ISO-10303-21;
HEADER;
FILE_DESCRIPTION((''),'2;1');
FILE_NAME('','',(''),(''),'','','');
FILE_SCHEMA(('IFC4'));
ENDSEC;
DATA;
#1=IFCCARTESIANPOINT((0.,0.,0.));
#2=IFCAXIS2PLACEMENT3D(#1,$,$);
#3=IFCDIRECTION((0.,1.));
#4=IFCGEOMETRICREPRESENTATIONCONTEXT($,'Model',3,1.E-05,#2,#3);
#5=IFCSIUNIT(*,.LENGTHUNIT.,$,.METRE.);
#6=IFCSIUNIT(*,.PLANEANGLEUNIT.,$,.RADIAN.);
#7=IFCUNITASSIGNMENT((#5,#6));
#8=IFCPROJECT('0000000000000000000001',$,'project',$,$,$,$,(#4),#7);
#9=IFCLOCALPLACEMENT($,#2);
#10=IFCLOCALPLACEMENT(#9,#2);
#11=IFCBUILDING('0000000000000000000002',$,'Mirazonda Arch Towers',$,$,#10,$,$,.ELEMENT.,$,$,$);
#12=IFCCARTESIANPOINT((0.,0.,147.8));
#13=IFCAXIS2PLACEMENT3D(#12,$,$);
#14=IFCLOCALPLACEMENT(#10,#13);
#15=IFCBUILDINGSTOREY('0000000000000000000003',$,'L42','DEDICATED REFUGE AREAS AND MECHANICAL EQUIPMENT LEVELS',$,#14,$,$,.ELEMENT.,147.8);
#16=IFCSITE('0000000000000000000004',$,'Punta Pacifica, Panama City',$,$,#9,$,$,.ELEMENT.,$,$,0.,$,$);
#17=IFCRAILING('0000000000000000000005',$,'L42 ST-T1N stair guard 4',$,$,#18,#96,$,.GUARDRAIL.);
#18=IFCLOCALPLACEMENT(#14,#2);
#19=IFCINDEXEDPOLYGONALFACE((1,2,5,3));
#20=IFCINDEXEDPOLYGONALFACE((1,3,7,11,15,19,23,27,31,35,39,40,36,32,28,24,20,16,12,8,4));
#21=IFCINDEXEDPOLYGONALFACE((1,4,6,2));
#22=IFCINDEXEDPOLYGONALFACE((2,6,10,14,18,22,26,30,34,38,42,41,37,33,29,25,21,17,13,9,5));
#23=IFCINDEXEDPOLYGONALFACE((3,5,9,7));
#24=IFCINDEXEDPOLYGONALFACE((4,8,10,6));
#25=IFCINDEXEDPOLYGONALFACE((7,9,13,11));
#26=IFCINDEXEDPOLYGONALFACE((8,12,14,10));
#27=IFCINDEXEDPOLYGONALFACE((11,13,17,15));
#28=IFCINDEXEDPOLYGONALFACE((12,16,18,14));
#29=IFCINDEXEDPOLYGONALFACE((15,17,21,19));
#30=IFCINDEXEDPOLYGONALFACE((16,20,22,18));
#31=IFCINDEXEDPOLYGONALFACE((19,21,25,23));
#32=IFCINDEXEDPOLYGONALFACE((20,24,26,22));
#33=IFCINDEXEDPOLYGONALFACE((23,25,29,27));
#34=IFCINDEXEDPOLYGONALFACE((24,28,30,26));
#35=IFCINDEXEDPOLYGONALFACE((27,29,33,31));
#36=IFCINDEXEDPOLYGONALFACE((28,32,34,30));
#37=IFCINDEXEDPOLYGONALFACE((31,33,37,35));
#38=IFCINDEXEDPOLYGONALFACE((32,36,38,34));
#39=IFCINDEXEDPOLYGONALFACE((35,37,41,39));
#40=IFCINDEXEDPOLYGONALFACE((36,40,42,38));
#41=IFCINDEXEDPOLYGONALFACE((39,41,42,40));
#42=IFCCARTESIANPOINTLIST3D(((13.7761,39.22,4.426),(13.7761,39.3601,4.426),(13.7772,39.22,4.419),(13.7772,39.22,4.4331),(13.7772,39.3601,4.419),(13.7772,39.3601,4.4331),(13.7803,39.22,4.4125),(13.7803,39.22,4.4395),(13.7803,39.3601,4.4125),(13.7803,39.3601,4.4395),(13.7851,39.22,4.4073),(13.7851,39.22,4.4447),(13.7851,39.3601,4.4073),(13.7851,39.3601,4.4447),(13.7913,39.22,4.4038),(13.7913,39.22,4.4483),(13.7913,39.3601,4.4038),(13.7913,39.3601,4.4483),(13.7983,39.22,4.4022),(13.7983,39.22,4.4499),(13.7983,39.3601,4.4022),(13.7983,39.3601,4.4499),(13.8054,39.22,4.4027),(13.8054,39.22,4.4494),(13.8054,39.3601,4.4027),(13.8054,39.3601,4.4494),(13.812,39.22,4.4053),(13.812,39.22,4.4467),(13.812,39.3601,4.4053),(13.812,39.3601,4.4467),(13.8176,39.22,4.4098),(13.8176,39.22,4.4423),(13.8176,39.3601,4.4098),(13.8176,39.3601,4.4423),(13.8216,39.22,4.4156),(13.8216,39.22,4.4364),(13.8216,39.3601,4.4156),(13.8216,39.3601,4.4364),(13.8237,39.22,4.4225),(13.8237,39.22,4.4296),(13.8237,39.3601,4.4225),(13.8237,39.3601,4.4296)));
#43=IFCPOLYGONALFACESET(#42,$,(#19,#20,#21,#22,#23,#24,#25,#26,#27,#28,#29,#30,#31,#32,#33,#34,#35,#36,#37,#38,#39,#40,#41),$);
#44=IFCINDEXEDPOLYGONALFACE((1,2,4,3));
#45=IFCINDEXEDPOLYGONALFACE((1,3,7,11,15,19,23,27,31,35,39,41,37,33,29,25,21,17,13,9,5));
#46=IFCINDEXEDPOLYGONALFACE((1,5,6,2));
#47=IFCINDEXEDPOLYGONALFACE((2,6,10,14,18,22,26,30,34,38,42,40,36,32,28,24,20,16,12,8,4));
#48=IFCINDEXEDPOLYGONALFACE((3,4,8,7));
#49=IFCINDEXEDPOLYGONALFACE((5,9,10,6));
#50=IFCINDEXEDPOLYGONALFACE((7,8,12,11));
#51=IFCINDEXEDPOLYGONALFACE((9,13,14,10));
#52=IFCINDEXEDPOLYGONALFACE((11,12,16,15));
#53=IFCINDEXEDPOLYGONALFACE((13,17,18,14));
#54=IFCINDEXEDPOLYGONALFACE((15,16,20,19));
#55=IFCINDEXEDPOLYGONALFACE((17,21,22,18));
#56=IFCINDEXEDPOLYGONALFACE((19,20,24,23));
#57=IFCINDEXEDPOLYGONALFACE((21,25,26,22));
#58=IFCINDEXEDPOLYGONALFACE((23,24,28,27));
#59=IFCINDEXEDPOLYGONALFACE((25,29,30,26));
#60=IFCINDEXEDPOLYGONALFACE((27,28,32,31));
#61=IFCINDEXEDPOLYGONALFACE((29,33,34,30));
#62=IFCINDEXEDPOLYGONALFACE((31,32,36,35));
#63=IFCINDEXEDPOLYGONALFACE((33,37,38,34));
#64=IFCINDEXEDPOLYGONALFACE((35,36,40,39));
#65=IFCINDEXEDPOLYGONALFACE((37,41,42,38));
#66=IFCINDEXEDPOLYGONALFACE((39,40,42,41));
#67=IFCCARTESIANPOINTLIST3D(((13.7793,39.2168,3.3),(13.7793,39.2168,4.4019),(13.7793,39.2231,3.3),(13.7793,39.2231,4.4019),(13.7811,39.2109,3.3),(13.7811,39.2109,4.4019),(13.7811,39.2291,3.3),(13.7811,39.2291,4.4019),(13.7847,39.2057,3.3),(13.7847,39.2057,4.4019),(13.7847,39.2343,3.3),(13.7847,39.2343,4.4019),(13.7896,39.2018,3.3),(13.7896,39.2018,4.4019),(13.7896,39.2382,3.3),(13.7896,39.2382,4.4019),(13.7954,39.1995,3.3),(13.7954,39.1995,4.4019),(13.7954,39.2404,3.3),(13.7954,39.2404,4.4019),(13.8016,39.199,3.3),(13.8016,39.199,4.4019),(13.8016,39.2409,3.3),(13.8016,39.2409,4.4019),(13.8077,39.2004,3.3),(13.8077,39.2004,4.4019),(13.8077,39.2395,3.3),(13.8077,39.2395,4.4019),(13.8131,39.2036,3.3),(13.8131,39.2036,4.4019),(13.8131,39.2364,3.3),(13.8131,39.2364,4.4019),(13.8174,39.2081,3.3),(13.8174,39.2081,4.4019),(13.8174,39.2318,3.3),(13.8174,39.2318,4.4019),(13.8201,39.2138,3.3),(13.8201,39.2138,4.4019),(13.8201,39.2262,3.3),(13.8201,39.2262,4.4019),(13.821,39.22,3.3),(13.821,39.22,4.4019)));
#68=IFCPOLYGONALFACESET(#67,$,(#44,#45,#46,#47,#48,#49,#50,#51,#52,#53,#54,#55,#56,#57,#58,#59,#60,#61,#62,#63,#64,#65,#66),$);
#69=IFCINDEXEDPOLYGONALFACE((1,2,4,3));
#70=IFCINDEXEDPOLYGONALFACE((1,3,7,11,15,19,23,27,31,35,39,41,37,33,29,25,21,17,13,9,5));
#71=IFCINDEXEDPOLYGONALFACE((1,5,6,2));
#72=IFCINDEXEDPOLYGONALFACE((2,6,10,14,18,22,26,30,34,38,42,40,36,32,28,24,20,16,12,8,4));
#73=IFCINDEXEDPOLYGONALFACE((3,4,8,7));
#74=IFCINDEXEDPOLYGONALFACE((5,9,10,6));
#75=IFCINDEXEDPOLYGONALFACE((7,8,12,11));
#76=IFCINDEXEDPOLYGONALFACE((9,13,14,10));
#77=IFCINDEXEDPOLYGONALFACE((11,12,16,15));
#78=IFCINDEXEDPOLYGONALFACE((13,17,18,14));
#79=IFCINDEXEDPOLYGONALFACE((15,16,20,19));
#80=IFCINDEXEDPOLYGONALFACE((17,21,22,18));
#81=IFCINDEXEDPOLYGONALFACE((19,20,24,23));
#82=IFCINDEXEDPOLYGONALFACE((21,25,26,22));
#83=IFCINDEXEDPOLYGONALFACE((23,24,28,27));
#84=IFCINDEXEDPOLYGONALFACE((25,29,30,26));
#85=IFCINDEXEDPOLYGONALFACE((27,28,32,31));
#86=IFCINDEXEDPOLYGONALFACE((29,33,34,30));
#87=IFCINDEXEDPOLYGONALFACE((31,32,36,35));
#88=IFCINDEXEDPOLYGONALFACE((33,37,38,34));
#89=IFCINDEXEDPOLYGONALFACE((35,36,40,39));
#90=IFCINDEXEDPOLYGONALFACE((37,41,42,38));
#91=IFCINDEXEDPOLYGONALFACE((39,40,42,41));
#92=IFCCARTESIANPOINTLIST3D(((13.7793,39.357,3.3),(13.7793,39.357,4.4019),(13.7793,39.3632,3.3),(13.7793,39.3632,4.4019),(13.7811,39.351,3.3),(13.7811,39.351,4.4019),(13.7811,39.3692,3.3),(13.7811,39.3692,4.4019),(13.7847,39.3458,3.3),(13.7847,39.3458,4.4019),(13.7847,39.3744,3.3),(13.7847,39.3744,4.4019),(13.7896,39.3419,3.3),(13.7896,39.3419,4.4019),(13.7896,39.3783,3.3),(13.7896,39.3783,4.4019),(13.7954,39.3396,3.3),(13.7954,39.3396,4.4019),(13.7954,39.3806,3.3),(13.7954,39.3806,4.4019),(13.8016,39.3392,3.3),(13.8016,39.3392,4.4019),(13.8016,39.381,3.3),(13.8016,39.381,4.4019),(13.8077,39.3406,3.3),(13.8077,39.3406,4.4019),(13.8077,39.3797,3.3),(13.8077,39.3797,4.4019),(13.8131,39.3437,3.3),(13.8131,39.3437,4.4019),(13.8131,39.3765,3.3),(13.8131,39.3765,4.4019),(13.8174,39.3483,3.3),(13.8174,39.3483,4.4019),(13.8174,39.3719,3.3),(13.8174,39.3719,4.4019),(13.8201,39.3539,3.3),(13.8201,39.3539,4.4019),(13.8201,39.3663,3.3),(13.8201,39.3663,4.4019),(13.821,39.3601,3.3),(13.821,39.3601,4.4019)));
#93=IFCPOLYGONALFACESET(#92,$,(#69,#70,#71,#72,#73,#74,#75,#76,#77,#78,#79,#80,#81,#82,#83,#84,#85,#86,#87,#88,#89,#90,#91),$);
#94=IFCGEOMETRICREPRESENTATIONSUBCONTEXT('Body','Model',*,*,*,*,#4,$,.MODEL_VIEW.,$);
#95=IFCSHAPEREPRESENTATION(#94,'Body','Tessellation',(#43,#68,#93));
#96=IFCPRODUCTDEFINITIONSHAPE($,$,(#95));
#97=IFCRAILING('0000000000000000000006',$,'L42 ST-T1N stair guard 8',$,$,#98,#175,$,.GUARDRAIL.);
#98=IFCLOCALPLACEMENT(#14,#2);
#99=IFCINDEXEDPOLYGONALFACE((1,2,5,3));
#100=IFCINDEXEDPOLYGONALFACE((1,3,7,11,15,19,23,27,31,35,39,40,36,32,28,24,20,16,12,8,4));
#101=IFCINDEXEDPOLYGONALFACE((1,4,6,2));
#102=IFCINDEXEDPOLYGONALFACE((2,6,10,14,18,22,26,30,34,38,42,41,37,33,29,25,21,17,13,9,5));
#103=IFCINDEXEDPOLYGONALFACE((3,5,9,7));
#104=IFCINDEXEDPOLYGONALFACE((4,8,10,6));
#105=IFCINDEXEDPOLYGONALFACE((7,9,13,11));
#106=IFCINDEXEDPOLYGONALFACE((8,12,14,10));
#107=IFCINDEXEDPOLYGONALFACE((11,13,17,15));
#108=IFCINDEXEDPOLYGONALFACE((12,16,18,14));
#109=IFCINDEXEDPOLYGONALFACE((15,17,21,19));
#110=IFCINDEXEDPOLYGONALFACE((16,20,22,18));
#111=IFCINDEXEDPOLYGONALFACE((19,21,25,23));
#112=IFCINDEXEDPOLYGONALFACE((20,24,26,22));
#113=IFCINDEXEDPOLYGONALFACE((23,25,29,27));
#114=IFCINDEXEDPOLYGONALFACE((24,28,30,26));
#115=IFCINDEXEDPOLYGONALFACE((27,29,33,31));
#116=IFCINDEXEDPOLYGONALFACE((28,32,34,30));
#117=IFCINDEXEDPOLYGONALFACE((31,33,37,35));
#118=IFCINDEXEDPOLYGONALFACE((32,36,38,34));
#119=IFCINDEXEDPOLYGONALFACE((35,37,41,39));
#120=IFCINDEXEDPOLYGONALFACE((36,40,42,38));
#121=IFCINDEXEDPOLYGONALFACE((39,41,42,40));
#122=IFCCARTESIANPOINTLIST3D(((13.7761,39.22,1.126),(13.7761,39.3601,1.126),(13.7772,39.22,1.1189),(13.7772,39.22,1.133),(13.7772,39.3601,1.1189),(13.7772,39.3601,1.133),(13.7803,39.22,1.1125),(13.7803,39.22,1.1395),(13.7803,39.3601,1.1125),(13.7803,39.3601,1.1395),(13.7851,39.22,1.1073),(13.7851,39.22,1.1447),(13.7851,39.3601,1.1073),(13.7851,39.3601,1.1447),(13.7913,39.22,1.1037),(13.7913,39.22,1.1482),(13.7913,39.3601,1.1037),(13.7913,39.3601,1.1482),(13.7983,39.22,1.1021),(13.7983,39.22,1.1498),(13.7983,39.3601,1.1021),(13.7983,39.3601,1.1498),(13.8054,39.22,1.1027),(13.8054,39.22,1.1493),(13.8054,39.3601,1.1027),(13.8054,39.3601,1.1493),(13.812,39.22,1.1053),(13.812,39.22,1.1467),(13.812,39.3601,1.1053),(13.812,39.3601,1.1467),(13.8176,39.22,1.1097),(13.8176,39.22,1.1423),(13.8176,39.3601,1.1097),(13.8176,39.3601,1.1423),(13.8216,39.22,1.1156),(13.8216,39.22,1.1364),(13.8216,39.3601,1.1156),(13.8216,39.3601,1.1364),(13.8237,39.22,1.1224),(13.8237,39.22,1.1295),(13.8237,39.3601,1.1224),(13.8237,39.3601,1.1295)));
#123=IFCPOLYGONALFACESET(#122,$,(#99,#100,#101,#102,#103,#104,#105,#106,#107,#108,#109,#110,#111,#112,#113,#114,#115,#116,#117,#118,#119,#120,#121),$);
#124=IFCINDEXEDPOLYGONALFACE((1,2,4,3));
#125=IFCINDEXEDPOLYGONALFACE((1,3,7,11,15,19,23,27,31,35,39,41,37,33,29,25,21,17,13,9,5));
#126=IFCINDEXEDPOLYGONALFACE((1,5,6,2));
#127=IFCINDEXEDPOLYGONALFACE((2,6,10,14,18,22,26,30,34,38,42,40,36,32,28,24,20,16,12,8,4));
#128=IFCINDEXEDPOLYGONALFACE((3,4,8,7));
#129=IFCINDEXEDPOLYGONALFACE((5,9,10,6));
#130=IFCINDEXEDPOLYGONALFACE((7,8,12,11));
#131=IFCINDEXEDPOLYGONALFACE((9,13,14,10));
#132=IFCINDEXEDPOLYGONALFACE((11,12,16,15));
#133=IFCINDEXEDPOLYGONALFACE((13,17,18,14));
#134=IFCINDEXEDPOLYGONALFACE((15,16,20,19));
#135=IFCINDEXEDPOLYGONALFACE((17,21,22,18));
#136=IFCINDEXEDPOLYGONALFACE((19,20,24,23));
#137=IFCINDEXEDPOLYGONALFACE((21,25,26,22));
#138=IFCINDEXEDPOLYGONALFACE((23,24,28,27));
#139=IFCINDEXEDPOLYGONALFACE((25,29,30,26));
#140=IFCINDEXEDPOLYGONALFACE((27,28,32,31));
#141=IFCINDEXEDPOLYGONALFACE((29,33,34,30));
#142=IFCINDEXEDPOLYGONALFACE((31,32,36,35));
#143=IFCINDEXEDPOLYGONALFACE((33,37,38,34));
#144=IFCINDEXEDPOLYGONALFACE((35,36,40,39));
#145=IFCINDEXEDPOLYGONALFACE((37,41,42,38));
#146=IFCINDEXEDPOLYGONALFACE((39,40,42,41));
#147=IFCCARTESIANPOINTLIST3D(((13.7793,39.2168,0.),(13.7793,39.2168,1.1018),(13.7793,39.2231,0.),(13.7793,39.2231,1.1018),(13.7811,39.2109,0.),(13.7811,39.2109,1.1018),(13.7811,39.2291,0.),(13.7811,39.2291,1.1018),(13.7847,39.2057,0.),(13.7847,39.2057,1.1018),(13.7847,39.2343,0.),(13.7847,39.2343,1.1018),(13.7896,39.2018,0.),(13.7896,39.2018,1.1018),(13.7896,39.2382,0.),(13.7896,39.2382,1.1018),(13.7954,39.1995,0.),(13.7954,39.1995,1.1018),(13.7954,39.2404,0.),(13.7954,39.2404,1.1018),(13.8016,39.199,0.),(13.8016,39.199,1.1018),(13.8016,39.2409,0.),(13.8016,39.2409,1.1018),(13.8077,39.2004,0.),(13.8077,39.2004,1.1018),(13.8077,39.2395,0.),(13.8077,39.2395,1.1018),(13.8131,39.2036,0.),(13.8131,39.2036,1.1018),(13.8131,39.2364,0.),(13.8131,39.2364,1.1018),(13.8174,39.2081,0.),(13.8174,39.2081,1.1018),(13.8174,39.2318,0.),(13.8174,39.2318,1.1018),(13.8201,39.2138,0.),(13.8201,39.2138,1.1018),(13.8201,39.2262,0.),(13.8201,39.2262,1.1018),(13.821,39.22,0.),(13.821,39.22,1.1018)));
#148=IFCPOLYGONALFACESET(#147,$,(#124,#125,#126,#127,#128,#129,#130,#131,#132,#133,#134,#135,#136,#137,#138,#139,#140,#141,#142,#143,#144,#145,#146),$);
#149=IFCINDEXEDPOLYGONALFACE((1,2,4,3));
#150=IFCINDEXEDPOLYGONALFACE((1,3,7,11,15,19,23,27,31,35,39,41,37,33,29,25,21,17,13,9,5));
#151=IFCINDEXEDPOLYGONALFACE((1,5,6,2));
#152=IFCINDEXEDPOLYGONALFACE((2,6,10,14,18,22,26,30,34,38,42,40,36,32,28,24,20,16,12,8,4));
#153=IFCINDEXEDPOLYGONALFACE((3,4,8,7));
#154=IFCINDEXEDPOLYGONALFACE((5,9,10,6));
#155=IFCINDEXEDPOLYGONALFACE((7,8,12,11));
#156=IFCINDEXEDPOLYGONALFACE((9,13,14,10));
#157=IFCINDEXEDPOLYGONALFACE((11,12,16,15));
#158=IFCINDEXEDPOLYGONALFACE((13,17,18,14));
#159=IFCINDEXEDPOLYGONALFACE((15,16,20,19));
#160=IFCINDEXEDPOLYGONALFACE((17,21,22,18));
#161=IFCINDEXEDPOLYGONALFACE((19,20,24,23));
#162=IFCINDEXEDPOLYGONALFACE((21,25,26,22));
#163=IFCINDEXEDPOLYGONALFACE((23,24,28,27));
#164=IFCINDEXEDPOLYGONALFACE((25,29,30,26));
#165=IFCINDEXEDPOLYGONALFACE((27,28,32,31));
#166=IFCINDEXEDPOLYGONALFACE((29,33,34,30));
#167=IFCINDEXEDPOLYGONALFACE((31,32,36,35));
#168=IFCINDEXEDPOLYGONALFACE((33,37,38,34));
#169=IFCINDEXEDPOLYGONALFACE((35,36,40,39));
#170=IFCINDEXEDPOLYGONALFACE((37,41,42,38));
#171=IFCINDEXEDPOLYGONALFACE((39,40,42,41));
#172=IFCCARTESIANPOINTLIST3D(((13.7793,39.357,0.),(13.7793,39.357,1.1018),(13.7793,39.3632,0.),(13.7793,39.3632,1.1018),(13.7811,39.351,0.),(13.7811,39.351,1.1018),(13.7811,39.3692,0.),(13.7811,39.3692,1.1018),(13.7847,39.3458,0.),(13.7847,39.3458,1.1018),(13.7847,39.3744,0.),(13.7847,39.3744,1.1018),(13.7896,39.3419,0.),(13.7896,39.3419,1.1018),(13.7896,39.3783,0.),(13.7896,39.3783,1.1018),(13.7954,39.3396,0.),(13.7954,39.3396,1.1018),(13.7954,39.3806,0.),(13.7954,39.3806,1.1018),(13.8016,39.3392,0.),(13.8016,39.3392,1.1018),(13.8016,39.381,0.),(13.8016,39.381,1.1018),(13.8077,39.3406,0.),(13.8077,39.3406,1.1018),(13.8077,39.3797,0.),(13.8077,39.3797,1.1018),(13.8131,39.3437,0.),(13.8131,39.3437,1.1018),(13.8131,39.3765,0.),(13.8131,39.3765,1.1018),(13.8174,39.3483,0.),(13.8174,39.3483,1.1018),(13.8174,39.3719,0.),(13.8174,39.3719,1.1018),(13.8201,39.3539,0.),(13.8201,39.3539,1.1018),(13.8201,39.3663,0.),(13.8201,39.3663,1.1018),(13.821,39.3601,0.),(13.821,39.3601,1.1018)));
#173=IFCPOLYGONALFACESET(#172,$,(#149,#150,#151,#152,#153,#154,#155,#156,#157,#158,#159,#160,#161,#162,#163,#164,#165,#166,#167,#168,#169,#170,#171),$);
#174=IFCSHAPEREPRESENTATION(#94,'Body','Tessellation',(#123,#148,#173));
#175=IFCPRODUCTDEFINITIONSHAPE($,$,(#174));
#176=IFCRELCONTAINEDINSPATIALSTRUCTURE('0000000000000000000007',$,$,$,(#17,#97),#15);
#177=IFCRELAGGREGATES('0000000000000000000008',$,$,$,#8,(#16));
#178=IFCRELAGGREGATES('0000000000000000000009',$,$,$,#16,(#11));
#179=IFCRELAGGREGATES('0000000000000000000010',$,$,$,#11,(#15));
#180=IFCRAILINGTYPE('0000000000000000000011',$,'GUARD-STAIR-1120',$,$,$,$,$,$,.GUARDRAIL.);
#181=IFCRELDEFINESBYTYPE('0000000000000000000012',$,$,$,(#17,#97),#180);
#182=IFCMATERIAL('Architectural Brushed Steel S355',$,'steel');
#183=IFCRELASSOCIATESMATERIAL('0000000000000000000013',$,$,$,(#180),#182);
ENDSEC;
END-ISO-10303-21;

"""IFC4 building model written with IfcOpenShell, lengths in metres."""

from ifc_helpers import new_model, si_unit, direction, frame, origin, origin_2d, place, context, subcontext, project, spatial, circle, extrude, material, type_object, element, save


model = new_model("IFC4")

# Units and contexts
model_context = context("Model", 3, precision=1e-05, world=origin(), true_north=direction((0.0, 1.0)))
body_context = subcontext(model_context, "Body", "Model", "MODEL_VIEW")
ifc_project = project(units=[si_unit("LENGTHUNIT", "METRE"), si_unit("PLANEANGLEUNIT", "RADIAN")], contexts=[model_context])

# Site, building, storey
site_placement = place(None, origin())
site = spatial("IfcSite", under=ifc_project, at=site_placement, Name="Punta Pacifica, Panama City", CompositionType="ELEMENT", RefElevation=0.0)
building_placement = place(site_placement, origin())
building = spatial("IfcBuilding", under=site, at=building_placement, Name="Mirazonda Arch Towers", CompositionType="ELEMENT")
storey_placement = place(building_placement, frame((0.0, 0.0, 147.8)))
storey = spatial("IfcBuildingStorey", under=building, at=storey_placement, Name="L42", Description="DEDICATED REFUGE AREAS AND MECHANICAL EQUIPMENT LEVELS", CompositionType="ELEMENT", Elevation=147.8)

# Shared definitions
ifc_material_1 = material(Name="Architectural Brushed Steel S355", Category="steel")

# Railings
railing_type_1 = type_object("IfcRailingType", Name="GUARD-STAIR-1120", PredefinedType="GUARDRAIL", material=ifc_material_1)
for number, where, name in (
    (1, (13.8, 39.22, 3.3), "L42 ST-T1N stair guard 4"),
    (2, (13.8, 39.22, 0.0), "L42 ST-T1N stair guard 8"),
):
    element("IfcRailing", number, at=place(storey_placement, frame(where)), inside=storey, type_object=railing_type_1, Name=name, PredefinedType="GUARDRAIL", context=body_context, shape_type="SweptSolid", body=[
        extrude(circle(Radius=0.0239, at=origin_2d()), frame((0.0, 0.0, 1.126), z_axis=(0.0, 1.0, 0.0), x_axis=(-1.0, 0.0, 0.0)), (0.0, 0.0, 1.0), 0.1401),
        extrude(circle(Radius=0.021, at=origin_2d()), origin(), (0.0, 0.0, 1.0), 1.1018),
        extrude(circle(Radius=0.021, at=origin_2d()), frame((0.0, 0.1401, 0.0)), (0.0, 0.0, 1.0), 1.1018),
    ])

save(model, "model.ifc")
